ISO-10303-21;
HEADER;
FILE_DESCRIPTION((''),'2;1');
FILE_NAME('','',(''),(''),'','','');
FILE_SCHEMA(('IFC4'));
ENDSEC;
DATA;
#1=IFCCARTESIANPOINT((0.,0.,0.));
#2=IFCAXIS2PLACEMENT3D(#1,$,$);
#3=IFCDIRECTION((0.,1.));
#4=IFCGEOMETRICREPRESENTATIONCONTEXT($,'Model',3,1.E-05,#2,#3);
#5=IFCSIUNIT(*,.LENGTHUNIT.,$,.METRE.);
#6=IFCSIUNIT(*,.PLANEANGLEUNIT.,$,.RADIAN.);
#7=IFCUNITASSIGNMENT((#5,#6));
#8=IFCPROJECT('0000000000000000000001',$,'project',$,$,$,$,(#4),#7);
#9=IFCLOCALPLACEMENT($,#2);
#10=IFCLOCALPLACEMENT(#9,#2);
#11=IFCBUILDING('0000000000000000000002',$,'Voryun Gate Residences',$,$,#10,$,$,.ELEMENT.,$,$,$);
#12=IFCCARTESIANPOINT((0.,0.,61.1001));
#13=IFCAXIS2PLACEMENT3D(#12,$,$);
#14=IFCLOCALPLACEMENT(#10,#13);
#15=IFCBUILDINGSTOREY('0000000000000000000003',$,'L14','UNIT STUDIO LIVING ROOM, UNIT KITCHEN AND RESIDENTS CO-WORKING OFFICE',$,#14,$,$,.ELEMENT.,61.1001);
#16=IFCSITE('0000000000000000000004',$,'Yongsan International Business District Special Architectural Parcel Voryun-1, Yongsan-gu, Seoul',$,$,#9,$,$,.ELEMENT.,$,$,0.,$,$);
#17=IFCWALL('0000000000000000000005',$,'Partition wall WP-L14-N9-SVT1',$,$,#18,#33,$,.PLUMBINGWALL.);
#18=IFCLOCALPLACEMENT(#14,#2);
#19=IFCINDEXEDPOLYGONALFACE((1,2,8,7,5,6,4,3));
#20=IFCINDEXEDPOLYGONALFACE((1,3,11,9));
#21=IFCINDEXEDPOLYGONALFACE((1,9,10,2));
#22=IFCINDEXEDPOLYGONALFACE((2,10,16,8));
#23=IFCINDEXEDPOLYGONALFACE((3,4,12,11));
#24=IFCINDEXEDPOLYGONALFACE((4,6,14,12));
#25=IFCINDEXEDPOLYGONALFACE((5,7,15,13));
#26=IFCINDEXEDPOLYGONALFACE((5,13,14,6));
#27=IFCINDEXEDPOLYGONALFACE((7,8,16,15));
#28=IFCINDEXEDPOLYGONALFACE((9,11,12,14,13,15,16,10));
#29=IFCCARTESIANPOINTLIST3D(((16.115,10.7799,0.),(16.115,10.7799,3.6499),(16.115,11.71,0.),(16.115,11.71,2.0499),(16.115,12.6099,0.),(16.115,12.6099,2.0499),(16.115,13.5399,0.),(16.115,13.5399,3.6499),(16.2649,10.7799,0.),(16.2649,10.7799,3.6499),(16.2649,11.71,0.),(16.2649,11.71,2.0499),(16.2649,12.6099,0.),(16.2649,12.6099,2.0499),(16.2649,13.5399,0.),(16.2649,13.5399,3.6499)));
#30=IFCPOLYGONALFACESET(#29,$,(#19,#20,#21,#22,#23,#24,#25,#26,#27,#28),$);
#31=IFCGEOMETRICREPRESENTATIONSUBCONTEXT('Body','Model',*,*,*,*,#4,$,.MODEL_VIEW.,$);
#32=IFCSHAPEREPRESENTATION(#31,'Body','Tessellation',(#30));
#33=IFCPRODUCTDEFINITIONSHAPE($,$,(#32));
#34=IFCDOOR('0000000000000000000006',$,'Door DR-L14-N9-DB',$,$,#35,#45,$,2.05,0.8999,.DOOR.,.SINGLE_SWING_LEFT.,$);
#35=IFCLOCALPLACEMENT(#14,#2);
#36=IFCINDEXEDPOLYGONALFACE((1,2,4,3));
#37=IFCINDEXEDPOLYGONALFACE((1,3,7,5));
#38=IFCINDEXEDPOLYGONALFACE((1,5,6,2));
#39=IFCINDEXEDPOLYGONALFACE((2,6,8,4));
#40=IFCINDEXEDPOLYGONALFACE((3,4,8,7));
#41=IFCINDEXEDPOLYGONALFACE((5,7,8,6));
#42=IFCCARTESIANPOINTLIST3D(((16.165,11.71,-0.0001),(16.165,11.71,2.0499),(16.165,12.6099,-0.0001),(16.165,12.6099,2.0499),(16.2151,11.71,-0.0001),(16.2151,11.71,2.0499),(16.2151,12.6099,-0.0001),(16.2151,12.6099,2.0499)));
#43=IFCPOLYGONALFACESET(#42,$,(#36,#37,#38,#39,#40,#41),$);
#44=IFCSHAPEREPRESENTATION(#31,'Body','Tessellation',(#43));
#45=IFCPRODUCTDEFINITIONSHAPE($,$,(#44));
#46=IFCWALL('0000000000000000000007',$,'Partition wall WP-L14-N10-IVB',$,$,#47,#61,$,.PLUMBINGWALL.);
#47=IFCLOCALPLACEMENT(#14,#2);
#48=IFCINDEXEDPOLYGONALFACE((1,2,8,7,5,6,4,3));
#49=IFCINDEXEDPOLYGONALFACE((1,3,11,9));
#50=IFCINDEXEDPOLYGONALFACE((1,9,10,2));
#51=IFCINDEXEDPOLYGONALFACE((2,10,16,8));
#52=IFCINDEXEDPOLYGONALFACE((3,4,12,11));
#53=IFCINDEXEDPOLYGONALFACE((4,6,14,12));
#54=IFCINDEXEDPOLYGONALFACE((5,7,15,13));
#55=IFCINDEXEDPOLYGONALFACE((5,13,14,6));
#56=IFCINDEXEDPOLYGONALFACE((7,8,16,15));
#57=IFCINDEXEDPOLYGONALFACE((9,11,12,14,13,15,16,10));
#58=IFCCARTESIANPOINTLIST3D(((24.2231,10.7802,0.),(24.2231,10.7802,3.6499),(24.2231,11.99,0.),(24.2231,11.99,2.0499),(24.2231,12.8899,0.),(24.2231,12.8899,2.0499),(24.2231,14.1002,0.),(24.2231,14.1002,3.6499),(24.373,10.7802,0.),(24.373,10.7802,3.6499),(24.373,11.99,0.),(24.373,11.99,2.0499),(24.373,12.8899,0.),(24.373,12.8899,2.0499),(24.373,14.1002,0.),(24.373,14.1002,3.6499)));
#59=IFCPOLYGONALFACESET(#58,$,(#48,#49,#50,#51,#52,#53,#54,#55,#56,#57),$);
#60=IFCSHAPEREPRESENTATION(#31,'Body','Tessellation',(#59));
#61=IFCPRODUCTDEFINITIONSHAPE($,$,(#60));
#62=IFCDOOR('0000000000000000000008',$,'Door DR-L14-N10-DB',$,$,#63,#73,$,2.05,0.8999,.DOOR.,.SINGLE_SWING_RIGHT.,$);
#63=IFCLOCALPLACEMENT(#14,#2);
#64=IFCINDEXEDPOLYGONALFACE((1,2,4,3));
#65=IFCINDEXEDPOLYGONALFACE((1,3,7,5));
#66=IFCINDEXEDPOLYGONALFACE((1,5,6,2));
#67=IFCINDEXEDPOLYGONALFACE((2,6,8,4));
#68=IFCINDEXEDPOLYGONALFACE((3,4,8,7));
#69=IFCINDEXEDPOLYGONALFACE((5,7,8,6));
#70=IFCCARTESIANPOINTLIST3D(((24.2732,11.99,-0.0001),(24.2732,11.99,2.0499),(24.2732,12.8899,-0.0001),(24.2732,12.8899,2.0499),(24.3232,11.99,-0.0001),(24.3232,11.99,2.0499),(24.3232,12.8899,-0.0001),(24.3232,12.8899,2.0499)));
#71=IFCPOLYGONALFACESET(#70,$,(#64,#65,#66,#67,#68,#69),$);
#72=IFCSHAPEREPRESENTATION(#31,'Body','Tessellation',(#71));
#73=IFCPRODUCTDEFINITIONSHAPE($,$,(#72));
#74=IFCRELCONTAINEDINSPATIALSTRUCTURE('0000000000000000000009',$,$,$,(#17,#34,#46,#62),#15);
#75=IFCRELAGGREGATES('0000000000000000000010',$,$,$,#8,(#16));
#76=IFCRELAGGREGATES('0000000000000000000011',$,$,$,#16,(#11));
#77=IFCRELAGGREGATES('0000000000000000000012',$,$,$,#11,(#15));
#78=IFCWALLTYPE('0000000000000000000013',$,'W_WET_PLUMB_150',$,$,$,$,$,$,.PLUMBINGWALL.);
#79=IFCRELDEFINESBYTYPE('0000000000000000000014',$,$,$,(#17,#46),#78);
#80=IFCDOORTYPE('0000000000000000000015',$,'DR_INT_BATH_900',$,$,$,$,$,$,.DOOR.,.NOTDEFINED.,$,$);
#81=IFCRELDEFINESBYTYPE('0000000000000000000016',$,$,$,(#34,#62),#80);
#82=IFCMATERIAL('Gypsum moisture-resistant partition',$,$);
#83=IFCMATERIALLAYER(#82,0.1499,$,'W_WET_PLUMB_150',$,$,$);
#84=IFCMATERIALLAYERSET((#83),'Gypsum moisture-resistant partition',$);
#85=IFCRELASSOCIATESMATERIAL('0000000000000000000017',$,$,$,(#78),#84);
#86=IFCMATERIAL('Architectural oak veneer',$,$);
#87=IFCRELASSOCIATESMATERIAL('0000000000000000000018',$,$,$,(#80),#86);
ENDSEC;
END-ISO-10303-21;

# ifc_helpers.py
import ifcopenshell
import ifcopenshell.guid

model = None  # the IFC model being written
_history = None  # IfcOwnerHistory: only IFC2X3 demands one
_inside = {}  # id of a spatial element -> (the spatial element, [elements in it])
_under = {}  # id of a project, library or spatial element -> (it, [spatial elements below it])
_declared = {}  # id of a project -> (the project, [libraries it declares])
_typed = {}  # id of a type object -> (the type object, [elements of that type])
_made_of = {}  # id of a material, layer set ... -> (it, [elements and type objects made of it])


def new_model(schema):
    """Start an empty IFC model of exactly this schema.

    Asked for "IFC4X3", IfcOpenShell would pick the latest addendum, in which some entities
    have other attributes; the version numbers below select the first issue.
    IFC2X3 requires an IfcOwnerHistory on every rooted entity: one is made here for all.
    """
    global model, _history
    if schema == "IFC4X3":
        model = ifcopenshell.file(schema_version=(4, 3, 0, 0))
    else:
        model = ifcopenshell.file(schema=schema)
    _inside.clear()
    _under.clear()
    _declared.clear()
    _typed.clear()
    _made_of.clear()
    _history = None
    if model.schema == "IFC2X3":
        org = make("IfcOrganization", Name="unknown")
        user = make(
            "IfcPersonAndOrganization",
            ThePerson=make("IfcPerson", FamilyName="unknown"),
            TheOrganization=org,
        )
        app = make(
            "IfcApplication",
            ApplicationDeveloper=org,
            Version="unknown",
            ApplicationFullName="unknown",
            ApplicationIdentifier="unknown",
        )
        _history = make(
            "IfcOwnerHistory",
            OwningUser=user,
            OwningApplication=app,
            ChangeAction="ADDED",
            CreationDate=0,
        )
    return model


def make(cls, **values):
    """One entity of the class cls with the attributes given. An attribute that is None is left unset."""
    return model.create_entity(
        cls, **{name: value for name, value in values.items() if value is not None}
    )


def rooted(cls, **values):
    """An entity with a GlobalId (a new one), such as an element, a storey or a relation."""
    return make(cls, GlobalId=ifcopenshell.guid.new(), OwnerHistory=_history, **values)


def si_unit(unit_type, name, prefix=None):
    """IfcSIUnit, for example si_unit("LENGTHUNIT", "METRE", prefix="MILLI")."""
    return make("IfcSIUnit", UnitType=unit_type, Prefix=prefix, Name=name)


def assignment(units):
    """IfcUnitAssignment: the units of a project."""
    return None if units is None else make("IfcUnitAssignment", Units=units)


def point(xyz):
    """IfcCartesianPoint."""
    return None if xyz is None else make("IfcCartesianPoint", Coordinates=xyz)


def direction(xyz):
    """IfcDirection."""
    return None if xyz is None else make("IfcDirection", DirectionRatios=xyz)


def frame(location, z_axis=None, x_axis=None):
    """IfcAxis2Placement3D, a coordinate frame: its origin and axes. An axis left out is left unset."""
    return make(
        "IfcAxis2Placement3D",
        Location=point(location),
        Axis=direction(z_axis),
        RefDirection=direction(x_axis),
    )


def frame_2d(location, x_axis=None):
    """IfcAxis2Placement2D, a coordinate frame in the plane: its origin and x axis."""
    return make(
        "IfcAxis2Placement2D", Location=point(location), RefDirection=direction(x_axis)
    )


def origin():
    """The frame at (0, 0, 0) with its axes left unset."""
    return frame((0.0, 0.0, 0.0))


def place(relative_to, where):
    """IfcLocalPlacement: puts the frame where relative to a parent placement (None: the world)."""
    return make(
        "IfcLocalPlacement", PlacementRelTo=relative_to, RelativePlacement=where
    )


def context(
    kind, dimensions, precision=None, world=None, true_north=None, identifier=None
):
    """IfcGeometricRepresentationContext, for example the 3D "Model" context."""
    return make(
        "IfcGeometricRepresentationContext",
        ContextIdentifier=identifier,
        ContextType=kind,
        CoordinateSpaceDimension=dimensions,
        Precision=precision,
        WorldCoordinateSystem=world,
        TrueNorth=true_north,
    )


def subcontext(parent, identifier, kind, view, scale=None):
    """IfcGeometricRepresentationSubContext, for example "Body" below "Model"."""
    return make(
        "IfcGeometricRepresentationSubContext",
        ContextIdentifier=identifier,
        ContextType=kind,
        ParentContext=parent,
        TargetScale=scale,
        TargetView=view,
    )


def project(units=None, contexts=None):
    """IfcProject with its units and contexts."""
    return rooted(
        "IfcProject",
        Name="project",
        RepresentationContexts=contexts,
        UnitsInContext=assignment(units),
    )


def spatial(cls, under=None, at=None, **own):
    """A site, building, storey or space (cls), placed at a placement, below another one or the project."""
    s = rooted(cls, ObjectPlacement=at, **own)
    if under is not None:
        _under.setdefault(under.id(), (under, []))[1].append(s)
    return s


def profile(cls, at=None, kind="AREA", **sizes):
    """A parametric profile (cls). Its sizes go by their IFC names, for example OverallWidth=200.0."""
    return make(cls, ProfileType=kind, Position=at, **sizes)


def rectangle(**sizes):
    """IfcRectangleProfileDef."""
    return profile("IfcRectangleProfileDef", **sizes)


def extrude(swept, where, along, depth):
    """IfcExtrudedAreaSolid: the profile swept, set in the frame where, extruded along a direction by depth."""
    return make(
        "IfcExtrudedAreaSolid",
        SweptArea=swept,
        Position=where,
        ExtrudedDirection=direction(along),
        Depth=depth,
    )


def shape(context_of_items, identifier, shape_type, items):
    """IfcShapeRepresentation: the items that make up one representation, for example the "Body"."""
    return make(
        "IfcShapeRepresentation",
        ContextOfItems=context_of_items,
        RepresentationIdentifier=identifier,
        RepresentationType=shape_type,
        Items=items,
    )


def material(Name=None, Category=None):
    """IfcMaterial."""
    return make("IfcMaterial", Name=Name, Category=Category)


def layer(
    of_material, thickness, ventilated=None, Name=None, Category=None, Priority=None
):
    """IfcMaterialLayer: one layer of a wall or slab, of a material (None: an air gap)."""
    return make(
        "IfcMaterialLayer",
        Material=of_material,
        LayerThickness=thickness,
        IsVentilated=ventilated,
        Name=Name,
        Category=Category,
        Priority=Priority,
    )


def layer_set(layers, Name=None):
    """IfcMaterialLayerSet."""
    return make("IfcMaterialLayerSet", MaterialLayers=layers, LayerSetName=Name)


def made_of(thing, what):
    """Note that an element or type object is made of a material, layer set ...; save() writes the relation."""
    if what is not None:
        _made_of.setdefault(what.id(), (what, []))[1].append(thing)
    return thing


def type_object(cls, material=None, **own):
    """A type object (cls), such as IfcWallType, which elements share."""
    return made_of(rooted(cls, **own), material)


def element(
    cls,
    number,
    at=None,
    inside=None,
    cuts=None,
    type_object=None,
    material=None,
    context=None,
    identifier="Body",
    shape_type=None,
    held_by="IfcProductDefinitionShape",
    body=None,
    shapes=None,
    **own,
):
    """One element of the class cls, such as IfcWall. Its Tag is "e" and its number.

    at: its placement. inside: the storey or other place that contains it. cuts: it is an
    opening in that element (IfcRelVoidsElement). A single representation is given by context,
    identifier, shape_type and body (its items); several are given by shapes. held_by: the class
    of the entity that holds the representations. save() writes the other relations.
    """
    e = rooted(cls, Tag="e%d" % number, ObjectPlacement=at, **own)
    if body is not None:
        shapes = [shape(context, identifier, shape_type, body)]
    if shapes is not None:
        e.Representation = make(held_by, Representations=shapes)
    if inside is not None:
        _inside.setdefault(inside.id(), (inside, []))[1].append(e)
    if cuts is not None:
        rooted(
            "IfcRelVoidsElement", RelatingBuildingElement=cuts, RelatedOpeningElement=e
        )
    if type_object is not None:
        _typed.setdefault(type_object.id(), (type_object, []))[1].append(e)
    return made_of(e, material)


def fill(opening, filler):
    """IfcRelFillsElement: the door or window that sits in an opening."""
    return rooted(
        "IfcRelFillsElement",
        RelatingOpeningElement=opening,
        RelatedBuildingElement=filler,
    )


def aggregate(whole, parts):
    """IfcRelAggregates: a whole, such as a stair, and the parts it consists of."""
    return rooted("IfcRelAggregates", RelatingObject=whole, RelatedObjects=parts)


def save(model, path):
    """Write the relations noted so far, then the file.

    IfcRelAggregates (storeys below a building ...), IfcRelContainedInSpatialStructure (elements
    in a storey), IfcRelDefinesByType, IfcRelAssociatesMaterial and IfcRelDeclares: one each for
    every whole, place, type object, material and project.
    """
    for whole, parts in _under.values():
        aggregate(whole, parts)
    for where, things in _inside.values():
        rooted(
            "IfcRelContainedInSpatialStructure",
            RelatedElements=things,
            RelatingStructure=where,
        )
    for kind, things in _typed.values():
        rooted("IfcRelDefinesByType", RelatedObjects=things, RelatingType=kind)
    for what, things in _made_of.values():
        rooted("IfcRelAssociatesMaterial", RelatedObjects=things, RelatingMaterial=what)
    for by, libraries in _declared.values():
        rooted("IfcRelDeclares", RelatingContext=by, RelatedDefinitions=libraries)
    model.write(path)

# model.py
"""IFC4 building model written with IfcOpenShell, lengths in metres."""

from ifc_helpers import new_model, si_unit, direction, frame, frame_2d, origin, place, context, subcontext, project, spatial, rectangle, extrude, material, layer, layer_set, type_object, element, fill, save


model = new_model("IFC4")

# Units and contexts
model_context = context("Model", 3, precision=1e-05, world=origin(), true_north=direction((0.0, 1.0)))
body_context = subcontext(model_context, "Body", "Model", "MODEL_VIEW")
ifc_project = project(units=[si_unit("LENGTHUNIT", "METRE"), si_unit("PLANEANGLEUNIT", "RADIAN")], contexts=[model_context])

# Site, building, storey
site_placement = place(None, origin())
site = spatial("IfcSite", under=ifc_project, at=site_placement, Name="Yongsan International Business District Special Architectural Parcel Voryun-1, Yongsan-gu, Seoul", CompositionType="ELEMENT", RefElevation=0.0)
building_placement = place(site_placement, origin())
building = spatial("IfcBuilding", under=site, at=building_placement, Name="Voryun Gate Residences", CompositionType="ELEMENT")
storey_placement = place(building_placement, frame((0.0, 0.0, 61.1001)))
storey = spatial("IfcBuildingStorey", under=building, at=storey_placement, Name="L14", Description="UNIT STUDIO LIVING ROOM, UNIT KITCHEN AND RESIDENTS CO-WORKING OFFICE", CompositionType="ELEMENT", Elevation=61.1001)

# Walls, openings, doors
ifc_material_1 = material(Name="Gypsum moisture-resistant partition")
ifc_layer_1 = layer(ifc_material_1, 0.1499, Name="W_WET_PLUMB_150")
ifc_layer_set_1 = layer_set([ifc_layer_1], Name="Gypsum moisture-resistant partition")
wall_type_1 = type_object("IfcWallType", Name="W_WET_PLUMB_150", PredefinedType="PLUMBINGWALL", material=ifc_layer_set_1)
wall_1_placement = place(storey_placement, frame((16.1899, 10.78, 0.0), z_axis=(0.0, 0.0, 1.0), x_axis=(0.0, 1.0, 0.0)))
wall_1 = element("IfcWall", 1, at=wall_1_placement, inside=storey, type_object=wall_type_1, Name="Partition wall WP-L14-N9-SVT1", PredefinedType="PLUMBINGWALL", context=body_context, shape_type="SweptSolid", body=[
    extrude(rectangle(XDim=2.76, YDim=0.1499, at=frame_2d((1.3799, 0.0))), origin(), (0.0, 0.0, 1.0), 3.6499),
])
opening_1_placement = place(wall_1_placement, frame((0.9299, 0.0, 0.0)))
opening_1 = element("IfcOpeningElement", 2, at=opening_1_placement, cuts=wall_1, PredefinedType="OPENING", context=body_context, shape_type="SweptSolid", body=[
    extrude(rectangle(XDim=0.8999, YDim=2.05, at=frame_2d((0.45, 1.0249))), frame((0.0, 0.085, 0.0), z_axis=(0.0, -1.0, 0.0), x_axis=(1.0, 0.0, 0.0)), (0.0, 0.0, 1.0), 0.1699),
])
ifc_material_2 = material(Name="Architectural oak veneer")
door_type_1 = type_object("IfcDoorType", Name="DR_INT_BATH_900", OperationType="NOTDEFINED", PredefinedType="DOOR", material=ifc_material_2)
door_1_placement = place(opening_1_placement, origin())
door_1 = element("IfcDoor", 3, at=door_1_placement, inside=storey, type_object=door_type_1, Name="Door DR-L14-N9-DB", OperationType="SINGLE_SWING_LEFT", OverallHeight=2.05, OverallWidth=0.8999, PredefinedType="DOOR", context=body_context, shape_type="SweptSolid", body=[
    extrude(rectangle(XDim=0.8999, YDim=2.05, at=frame_2d((0.45, 1.0249))), frame((0.0, 0.0249, 0.0), z_axis=(0.0, -1.0, 0.0), x_axis=(1.0, 0.0, 0.0)), (0.0, 0.0, 1.0), 0.05),
])
fill(opening_1, door_1)
wall_2_placement = place(storey_placement, frame((24.2981, 10.78, 0.0), z_axis=(0.0, 0.0, 1.0), x_axis=(0.0, 1.0, 0.0)))
wall_2 = element("IfcWall", 4, at=wall_2_placement, inside=storey, type_object=wall_type_1, Name="Partition wall WP-L14-N10-IVB", PredefinedType="PLUMBINGWALL", context=body_context, shape_type="SweptSolid", body=[
    extrude(rectangle(XDim=3.3201, YDim=0.1499, at=frame_2d((1.6602, 0.0))), origin(), (0.0, 0.0, 1.0), 3.6499),
])
opening_2_placement = place(wall_2_placement, frame((1.21, 0.0, 0.0)))
opening_2 = element("IfcOpeningElement", 5, at=opening_2_placement, cuts=wall_2, PredefinedType="OPENING", context=body_context, shape_type="SweptSolid", body=[
    extrude(rectangle(XDim=0.8999, YDim=2.05, at=frame_2d((0.45, 1.0249))), frame((0.0, 0.085, 0.0), z_axis=(0.0, -1.0, 0.0), x_axis=(1.0, 0.0, 0.0)), (0.0, 0.0, 1.0), 0.1699),
])
door_2_placement = place(opening_2_placement, origin())
door_2 = element("IfcDoor", 6, at=door_2_placement, inside=storey, type_object=door_type_1, Name="Door DR-L14-N10-DB", OperationType="SINGLE_SWING_RIGHT", OverallHeight=2.05, OverallWidth=0.8999, PredefinedType="DOOR", context=body_context, shape_type="SweptSolid", body=[
    extrude(rectangle(XDim=0.8999, YDim=2.05, at=frame_2d((0.45, 1.0249))), frame((0.0, 0.0249, 0.0), z_axis=(0.0, -1.0, 0.0), x_axis=(1.0, 0.0, 0.0)), (0.0, 0.0, 1.0), 0.05),
])
fill(opening_2, door_2)

save(model, "model.ifc")
